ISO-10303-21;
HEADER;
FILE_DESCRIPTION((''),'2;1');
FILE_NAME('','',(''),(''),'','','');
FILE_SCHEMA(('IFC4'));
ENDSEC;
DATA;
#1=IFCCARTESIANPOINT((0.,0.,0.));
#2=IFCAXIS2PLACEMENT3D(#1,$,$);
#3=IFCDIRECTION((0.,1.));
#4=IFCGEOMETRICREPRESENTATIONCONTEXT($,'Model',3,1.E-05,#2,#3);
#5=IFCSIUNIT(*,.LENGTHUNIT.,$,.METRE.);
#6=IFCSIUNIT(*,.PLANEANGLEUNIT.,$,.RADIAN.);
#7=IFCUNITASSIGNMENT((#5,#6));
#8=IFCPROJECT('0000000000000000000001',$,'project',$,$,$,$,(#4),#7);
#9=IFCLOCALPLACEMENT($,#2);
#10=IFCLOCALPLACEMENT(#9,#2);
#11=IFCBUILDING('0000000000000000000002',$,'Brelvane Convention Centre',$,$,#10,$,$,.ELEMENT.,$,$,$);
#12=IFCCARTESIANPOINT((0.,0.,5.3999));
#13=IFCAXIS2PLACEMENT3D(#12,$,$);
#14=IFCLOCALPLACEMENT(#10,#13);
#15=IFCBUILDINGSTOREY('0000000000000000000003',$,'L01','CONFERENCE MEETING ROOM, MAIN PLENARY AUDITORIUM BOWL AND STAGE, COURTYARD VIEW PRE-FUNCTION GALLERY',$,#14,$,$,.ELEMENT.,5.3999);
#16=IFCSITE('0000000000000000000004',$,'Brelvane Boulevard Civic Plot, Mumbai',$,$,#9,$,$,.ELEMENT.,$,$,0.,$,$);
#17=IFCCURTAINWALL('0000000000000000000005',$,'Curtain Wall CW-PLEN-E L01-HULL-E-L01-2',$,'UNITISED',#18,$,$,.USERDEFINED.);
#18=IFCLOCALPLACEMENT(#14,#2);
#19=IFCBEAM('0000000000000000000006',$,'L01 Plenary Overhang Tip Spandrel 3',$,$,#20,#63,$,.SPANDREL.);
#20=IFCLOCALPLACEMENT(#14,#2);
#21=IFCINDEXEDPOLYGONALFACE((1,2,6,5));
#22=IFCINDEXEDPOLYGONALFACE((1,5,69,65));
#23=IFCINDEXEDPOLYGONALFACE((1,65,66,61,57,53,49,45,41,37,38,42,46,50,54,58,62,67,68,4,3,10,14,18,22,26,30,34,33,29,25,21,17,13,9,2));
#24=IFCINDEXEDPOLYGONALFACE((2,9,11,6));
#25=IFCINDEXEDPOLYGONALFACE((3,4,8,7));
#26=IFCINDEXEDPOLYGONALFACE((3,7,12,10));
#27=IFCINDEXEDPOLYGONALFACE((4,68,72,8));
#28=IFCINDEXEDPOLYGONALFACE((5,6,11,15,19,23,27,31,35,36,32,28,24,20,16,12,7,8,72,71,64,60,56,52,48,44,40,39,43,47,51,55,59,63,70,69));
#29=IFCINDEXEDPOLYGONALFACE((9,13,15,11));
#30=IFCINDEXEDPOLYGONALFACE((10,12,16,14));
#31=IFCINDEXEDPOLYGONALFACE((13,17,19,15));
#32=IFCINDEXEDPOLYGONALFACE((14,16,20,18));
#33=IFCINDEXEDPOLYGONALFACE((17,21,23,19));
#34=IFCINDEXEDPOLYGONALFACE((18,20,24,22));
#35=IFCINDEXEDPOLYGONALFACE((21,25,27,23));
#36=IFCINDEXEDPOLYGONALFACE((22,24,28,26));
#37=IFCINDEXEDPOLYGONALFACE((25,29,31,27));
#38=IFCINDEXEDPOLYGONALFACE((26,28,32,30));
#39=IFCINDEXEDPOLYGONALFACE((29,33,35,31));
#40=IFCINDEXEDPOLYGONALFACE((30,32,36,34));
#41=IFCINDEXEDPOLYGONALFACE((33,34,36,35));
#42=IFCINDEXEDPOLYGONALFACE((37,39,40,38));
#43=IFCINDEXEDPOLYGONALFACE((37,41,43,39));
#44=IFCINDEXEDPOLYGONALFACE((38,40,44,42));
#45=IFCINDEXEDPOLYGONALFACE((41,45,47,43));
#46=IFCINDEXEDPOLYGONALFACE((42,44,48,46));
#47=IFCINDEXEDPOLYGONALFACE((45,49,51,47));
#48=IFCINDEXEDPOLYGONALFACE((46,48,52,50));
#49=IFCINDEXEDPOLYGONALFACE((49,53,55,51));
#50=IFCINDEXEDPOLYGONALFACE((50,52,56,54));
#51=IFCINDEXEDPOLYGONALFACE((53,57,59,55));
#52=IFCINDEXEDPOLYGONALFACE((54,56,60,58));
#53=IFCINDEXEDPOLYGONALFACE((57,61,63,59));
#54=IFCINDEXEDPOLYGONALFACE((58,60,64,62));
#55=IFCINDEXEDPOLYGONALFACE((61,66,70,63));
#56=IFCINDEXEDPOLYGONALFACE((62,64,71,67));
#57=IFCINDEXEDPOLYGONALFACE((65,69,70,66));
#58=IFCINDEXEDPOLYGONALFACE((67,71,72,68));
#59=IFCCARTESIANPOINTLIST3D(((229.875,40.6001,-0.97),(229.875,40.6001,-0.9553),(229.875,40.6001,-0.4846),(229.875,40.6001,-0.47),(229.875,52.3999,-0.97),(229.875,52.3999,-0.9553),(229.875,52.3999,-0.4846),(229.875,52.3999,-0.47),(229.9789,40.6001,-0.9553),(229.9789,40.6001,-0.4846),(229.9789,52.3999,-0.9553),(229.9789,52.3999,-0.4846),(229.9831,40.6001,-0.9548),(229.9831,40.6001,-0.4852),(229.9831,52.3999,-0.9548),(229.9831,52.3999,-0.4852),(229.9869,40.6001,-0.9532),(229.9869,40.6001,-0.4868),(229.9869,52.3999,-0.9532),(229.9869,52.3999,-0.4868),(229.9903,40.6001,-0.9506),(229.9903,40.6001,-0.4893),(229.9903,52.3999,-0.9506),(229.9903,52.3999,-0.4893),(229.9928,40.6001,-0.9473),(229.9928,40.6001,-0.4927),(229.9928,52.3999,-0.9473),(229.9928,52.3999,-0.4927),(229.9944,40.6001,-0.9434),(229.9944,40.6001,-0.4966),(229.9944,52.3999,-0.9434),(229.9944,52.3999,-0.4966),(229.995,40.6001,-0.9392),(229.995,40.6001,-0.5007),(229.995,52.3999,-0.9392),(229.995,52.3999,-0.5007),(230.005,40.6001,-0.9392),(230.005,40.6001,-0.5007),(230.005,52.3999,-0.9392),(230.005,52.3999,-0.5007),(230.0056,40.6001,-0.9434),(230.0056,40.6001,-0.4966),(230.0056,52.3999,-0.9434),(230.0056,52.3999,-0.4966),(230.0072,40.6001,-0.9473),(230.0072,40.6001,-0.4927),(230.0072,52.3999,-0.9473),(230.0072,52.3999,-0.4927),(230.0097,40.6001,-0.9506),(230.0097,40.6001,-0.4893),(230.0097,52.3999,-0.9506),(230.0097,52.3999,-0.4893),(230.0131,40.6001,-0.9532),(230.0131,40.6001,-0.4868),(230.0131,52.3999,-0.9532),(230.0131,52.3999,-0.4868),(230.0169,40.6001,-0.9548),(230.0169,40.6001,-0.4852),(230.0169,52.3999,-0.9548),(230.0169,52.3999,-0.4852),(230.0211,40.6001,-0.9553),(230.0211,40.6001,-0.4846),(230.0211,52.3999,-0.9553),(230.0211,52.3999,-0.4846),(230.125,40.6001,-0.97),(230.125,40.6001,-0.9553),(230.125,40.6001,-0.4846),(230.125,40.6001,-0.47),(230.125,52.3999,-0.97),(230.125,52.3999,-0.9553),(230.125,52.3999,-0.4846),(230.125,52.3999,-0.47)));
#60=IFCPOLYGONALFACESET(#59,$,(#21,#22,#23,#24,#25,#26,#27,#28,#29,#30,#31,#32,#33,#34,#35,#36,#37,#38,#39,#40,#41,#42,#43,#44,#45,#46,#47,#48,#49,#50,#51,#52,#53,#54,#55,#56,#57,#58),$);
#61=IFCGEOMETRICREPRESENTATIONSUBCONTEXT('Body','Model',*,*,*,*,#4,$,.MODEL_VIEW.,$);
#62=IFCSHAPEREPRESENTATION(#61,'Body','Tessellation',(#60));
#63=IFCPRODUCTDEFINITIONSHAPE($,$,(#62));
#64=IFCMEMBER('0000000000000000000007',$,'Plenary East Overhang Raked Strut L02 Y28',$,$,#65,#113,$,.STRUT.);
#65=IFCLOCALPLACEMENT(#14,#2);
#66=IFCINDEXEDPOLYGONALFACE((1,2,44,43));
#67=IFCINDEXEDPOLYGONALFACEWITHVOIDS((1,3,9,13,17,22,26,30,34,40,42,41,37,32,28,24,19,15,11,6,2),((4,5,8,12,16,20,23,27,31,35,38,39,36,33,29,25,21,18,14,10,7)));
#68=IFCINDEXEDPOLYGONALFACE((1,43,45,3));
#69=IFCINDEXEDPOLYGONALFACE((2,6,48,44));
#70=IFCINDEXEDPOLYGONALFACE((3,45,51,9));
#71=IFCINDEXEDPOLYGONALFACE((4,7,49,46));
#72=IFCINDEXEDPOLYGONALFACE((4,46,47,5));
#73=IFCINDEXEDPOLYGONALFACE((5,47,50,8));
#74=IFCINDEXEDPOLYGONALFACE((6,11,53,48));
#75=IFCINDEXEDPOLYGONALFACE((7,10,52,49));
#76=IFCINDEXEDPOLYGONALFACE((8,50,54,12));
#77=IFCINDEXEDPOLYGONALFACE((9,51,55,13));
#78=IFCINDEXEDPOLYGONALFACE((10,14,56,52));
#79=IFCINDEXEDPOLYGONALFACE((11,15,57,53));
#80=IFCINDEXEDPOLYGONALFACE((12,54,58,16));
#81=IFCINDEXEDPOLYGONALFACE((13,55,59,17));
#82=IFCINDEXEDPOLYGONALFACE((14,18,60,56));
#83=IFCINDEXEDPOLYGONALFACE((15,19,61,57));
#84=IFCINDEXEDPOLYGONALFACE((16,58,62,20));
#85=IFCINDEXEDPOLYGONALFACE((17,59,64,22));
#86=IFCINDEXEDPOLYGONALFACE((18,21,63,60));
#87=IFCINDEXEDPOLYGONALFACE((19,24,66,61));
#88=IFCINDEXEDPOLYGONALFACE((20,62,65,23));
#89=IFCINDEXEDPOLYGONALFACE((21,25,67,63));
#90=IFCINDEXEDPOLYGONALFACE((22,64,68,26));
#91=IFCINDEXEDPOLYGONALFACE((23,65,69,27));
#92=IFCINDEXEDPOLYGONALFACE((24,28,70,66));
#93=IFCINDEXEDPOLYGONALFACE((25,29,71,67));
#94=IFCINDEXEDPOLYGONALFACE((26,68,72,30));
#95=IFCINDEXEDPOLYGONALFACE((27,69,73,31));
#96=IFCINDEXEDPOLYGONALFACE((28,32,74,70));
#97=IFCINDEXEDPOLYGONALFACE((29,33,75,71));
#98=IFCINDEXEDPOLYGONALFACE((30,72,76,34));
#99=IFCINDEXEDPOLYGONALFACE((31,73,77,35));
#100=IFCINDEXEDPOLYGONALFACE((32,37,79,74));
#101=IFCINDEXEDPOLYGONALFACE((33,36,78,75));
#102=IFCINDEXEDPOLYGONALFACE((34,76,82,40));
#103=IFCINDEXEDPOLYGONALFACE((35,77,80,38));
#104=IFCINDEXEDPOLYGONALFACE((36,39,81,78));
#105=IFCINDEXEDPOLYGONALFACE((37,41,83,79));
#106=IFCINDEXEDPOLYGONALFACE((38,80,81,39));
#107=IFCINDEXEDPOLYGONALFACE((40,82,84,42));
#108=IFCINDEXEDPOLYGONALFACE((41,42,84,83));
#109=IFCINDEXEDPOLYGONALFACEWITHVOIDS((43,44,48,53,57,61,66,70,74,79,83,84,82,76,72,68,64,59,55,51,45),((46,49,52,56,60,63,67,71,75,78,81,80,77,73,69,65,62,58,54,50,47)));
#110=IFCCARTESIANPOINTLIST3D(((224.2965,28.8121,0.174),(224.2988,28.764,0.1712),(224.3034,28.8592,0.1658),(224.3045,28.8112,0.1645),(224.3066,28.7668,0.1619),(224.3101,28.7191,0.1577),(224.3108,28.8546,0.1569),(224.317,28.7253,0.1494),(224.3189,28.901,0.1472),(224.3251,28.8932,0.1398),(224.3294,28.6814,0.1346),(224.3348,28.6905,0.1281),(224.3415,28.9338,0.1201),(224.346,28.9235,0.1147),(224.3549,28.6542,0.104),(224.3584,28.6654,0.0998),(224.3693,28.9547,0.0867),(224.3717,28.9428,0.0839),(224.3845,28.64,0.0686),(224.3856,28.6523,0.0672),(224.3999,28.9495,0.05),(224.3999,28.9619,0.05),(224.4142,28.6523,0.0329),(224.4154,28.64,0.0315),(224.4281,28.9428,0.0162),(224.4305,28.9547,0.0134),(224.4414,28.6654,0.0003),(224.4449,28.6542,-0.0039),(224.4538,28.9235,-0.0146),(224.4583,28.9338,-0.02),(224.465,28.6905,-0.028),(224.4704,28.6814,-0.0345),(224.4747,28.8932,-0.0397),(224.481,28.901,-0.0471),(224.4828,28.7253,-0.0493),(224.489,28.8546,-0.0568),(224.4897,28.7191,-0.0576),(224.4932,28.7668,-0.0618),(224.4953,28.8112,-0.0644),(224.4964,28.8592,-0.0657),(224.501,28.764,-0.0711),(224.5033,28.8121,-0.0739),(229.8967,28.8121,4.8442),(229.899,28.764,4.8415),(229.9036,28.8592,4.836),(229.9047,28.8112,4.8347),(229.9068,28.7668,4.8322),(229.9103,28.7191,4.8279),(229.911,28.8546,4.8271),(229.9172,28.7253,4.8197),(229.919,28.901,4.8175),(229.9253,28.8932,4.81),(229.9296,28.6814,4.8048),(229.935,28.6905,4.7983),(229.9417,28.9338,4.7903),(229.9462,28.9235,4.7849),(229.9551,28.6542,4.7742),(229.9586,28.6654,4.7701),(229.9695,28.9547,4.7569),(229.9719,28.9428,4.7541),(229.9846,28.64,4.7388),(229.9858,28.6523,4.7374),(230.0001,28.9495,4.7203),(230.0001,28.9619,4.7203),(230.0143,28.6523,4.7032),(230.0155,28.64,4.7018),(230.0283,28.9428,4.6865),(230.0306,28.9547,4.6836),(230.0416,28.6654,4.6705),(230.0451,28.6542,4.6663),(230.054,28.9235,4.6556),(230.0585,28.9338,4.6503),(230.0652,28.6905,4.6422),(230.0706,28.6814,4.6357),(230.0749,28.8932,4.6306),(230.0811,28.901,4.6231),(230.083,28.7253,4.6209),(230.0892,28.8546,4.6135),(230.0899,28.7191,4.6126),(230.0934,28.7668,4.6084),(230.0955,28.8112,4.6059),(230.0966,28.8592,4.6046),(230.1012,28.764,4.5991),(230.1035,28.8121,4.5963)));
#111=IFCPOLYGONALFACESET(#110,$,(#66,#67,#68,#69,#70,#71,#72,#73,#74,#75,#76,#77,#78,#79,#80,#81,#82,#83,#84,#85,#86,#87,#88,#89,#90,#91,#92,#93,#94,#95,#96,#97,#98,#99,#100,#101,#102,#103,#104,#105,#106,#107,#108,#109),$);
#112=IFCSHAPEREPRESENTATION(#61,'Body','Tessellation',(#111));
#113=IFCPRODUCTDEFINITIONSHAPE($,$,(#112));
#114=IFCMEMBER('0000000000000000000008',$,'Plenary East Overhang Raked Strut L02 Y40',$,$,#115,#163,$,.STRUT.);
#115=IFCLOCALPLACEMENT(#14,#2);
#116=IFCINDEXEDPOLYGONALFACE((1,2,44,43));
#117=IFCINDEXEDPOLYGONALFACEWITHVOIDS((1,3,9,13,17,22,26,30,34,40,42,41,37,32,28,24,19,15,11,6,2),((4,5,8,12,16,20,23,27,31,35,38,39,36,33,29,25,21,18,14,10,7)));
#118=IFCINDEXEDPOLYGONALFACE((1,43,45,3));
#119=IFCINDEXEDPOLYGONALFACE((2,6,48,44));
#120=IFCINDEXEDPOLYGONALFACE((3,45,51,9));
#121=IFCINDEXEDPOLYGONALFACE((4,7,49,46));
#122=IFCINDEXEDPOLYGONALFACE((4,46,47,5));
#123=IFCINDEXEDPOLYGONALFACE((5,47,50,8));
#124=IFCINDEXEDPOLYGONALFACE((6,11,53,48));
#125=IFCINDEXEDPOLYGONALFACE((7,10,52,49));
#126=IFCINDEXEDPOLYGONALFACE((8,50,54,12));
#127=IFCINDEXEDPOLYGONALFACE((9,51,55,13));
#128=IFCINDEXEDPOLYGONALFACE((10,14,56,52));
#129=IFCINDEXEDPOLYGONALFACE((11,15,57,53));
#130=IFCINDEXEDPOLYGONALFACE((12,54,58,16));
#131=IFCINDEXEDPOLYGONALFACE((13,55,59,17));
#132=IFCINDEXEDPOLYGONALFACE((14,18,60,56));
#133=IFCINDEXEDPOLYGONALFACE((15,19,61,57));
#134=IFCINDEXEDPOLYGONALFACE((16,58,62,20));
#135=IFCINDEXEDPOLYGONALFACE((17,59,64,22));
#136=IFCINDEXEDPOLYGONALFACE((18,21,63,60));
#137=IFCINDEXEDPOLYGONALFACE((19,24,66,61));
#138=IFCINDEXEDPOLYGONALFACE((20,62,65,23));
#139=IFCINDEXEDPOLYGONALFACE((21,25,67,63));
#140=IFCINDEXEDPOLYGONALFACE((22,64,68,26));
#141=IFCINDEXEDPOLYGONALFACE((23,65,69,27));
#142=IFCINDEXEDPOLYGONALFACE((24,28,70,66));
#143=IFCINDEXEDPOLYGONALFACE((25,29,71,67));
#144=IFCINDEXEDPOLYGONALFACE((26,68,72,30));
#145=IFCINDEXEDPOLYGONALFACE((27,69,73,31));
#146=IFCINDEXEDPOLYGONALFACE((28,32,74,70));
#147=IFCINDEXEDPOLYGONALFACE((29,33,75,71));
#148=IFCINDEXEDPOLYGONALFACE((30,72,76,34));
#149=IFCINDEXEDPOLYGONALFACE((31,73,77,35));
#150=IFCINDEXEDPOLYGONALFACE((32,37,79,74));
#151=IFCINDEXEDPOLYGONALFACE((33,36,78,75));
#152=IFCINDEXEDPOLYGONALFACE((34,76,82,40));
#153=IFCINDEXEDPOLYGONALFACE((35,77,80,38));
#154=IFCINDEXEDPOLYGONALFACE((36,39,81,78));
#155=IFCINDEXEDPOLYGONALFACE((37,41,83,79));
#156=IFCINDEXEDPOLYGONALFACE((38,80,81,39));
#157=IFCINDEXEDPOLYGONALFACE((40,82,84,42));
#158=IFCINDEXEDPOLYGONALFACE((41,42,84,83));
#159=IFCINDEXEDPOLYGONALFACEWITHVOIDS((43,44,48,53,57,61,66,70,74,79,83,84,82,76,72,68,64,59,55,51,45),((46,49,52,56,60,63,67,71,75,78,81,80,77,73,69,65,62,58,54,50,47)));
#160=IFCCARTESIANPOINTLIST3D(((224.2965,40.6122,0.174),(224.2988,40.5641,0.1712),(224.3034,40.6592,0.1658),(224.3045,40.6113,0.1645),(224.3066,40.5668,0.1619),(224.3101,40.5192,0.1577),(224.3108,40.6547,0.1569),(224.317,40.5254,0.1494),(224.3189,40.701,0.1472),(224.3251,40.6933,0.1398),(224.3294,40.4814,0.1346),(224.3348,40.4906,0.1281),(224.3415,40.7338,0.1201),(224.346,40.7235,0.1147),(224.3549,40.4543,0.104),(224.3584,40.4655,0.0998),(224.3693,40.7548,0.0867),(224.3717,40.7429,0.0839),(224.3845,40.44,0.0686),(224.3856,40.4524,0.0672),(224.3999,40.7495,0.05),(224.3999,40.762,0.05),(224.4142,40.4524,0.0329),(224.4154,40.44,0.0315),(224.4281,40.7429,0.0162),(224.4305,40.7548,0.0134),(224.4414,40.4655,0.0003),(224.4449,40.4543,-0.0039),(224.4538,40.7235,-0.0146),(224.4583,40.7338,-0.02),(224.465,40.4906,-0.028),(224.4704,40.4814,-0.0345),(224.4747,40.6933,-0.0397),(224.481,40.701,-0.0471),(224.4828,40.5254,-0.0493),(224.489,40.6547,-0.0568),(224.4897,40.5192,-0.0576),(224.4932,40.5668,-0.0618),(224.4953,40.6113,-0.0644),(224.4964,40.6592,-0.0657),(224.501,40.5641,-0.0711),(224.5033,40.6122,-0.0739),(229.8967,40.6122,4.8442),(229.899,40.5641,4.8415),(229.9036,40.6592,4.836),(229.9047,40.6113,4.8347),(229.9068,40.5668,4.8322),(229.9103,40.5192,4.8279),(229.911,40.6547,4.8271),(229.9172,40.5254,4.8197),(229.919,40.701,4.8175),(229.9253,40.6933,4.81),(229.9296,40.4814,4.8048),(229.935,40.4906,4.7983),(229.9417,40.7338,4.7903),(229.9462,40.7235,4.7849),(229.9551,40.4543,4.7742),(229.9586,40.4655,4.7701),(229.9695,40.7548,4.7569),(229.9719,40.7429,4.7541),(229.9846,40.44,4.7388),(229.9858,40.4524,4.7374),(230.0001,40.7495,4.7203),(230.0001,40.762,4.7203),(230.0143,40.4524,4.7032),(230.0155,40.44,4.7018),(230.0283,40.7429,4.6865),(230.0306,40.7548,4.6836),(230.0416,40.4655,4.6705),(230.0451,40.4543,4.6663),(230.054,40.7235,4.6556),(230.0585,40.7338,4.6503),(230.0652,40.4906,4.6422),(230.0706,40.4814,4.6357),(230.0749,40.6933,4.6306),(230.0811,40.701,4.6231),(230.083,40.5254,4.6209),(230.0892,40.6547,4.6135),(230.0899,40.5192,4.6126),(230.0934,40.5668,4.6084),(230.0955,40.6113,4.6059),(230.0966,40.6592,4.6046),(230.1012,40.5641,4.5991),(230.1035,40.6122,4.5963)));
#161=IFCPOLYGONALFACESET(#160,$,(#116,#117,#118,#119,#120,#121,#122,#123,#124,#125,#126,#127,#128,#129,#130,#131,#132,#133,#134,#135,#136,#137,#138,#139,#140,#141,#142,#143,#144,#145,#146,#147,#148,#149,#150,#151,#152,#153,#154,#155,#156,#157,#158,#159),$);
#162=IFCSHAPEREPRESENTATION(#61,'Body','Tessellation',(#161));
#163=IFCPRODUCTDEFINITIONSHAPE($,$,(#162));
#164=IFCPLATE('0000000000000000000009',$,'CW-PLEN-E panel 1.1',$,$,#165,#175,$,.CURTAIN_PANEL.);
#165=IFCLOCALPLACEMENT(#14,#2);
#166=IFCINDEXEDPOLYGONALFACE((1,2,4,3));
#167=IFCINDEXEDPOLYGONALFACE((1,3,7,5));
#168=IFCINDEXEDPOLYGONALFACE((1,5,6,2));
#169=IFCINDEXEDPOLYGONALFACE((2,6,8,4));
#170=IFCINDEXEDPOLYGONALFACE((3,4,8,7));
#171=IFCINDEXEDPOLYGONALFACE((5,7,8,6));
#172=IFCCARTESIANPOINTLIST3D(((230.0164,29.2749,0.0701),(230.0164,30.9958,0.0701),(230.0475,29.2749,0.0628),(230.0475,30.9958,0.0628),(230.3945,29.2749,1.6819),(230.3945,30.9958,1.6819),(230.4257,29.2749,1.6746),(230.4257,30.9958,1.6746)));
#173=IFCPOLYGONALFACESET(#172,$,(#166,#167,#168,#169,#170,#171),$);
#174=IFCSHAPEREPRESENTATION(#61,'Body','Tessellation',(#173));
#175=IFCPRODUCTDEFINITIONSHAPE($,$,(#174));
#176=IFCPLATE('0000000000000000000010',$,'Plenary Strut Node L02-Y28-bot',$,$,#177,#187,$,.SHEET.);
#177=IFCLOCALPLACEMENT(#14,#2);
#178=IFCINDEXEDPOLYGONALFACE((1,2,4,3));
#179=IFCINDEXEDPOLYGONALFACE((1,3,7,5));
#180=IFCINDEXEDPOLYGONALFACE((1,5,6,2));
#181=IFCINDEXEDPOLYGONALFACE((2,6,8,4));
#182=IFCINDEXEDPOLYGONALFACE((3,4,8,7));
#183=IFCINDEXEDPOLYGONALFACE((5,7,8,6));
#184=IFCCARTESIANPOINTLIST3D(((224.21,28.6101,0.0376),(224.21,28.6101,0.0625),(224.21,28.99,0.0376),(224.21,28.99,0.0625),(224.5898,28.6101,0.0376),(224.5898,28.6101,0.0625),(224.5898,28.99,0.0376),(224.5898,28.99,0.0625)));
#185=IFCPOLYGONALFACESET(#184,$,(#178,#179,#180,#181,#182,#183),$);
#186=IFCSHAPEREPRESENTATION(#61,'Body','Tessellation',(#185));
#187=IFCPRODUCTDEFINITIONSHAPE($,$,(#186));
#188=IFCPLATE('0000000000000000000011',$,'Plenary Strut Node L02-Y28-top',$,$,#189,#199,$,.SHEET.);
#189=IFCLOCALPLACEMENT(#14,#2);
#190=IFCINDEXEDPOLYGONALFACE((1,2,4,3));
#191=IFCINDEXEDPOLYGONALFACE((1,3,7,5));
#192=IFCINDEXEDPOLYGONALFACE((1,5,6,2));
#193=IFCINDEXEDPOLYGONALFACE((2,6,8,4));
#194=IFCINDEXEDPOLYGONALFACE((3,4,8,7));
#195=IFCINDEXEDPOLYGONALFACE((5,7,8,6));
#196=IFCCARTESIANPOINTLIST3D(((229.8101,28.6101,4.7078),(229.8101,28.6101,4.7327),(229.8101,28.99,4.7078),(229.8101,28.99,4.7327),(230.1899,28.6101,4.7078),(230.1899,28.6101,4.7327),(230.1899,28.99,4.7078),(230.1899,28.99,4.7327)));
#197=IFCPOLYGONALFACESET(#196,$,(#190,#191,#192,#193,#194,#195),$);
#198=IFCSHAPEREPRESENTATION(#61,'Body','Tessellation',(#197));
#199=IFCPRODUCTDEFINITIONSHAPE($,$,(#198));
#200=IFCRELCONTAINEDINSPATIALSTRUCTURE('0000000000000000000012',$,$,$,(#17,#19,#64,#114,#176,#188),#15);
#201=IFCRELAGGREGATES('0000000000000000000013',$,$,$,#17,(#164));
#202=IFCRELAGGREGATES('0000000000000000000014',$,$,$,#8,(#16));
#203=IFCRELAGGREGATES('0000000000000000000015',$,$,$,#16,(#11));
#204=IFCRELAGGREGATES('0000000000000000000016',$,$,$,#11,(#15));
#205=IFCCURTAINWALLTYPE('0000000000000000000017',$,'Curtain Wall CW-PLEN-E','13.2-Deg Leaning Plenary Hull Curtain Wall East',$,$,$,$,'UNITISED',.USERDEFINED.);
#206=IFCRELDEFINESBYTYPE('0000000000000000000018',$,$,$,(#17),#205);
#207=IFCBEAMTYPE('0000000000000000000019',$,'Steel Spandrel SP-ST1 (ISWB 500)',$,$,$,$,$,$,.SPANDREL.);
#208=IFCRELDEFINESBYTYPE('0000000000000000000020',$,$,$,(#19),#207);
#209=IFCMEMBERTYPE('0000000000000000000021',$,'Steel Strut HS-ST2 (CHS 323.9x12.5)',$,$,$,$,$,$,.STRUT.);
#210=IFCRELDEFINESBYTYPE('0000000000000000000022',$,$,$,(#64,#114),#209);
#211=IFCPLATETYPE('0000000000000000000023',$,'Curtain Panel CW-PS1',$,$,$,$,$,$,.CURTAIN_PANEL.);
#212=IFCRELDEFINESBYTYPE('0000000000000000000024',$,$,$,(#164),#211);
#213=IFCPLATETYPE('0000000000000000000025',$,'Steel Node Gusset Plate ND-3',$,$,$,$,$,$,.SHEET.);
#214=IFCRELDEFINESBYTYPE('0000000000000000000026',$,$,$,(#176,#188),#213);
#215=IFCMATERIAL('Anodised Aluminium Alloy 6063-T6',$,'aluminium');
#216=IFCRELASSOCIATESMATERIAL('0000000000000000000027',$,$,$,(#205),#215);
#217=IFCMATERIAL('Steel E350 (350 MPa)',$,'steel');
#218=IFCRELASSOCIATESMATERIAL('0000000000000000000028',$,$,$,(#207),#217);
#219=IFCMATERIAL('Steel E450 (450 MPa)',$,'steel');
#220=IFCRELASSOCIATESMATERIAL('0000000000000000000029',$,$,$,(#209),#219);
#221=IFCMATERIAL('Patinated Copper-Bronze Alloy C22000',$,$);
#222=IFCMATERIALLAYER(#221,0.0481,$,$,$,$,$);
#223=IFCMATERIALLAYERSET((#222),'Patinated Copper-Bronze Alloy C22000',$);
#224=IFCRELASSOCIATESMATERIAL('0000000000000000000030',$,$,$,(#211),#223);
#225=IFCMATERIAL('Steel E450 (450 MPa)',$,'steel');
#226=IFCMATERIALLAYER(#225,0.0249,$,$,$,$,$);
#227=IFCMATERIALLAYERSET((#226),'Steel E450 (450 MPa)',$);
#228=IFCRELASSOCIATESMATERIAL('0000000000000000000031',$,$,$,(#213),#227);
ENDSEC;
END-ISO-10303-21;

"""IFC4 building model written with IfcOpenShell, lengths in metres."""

from ifc_helpers import new_model, si_unit, direction, frame, origin, origin_2d, place, context, subcontext, project, spatial, polyline, rectangle, hollow_circle, i_section, outline, extrude, material, layer, layer_set, material_profile, profile_set, type_object, element, aggregate, save


model = new_model("IFC4")

# Units and contexts
model_context = context("Model", 3, precision=1e-05, world=origin(), true_north=direction((0.0, 1.0)))
body_context = subcontext(model_context, "Body", "Model", "MODEL_VIEW")
ifc_project = project(units=[si_unit("LENGTHUNIT", "METRE"), si_unit("PLANEANGLEUNIT", "RADIAN")], contexts=[model_context])

# Site, building, storey
site_placement = place(None, origin())
site = spatial("IfcSite", under=ifc_project, at=site_placement, Name="Brelvane Boulevard Civic Plot, Mumbai", CompositionType="ELEMENT", RefElevation=0.0)
building_placement = place(site_placement, origin())
building = spatial("IfcBuilding", under=site, at=building_placement, Name="Brelvane Convention Centre", CompositionType="ELEMENT")
storey_placement = place(building_placement, frame((0.0, 0.0, 5.3999)))
storey = spatial("IfcBuildingStorey", under=building, at=storey_placement, Name="L01", Description="CONFERENCE MEETING ROOM, MAIN PLENARY AUDITORIUM BOWL AND STAGE, COURTYARD VIEW PRE-FUNCTION GALLERY", CompositionType="ELEMENT", Elevation=5.3999)

# Shared definitions
ifc_material_1 = material(Name="Anodised Aluminium Alloy 6063-T6", Category="aluminium")
curtain_wall_type = type_object("IfcCurtainWallType", Name="Curtain Wall CW-PLEN-E", Description="13.2-Deg Leaning Plenary Hull Curtain Wall East", ElementType="UNITISED", PredefinedType="USERDEFINED", material=ifc_material_1)

# Curtain wall
curtain_wall_1_placement = place(storey_placement, origin())
curtain_wall_1 = element("IfcCurtainWall", 1, at=curtain_wall_1_placement, inside=storey, type_object=curtain_wall_type, Name="Curtain Wall CW-PLEN-E L01-HULL-E-L01-2", ObjectType="UNITISED", PredefinedType="USERDEFINED")

# Beam
ifc_material_2 = material(Name="Steel E350 (350 MPa)", Category="steel")
ifc_material_profile_1 = material_profile(ifc_material_2, i_section(OverallWidth=0.25, OverallDepth=0.5, WebThickness=0.01, FlangeThickness=0.0146, FilletRadius=0.0161, at=origin_2d()), Name="ISWB 500")
ifc_profile_set_1 = profile_set([ifc_material_profile_1], Name="Steel E350 (350 MPa)")
beam_type_1 = type_object("IfcBeamType", Name="Steel Spandrel SP-ST1 (ISWB 500)", PredefinedType="SPANDREL", material=ifc_profile_set_1)
beam_1_placement = place(storey_placement, frame((230.0, 40.6001, -0.72), z_axis=(0.0, 1.0, 0.0), x_axis=(-1.0, 0.0, 0.0)))
element("IfcBeam", 2, at=beam_1_placement, inside=storey, type_object=beam_type_1, Name="L01 Plenary Overhang Tip Spandrel 3", PredefinedType="SPANDREL", context=body_context, shape_type="SweptSolid", body=[
    extrude(i_section(OverallWidth=0.25, OverallDepth=0.5, WebThickness=0.01, FlangeThickness=0.0146, FilletRadius=0.0161, at=origin_2d()), origin(), (0.0, 0.0, 1.0), 11.7998),
])

# Members
ifc_material_3 = material(Name="Steel E450 (450 MPa)", Category="steel")
ifc_material_profile_2 = material_profile(ifc_material_3, hollow_circle(Radius=0.1619, WallThickness=0.0125, at=origin_2d()), Name="CHS 323.9x12.5")
ifc_profile_set_2 = profile_set([ifc_material_profile_2], Name="Steel E450 (450 MPa)")
member_type_1 = type_object("IfcMemberType", Name="Steel Strut HS-ST2 (CHS 323.9x12.5)", PredefinedType="STRUT", material=ifc_profile_set_2)
for number, where, z_axis, x_axis, name in (
    (3, (224.3999, 28.8, 0.05), (0.767991, 0.0, 0.640461), (0.0, 1.0, 0.0), "Plenary East Overhang Raked Strut L02 Y28"),
    (4, (224.3999, 40.6001, 0.05), (0.767991, 0.0, 0.640461), (0.0, 1.0, 0.0), "Plenary East Overhang Raked Strut L02 Y40"),
):
    element("IfcMember", number, at=place(storey_placement, frame(where, z_axis=z_axis, x_axis=x_axis)), inside=storey, type_object=member_type_1, Name=name, PredefinedType="STRUT", context=body_context, shape_type="SweptSolid", body=[
        extrude(hollow_circle(Radius=0.1619, WallThickness=0.0125, at=origin_2d()), origin(), (0.0, 0.0, 1.0), 7.292),
    ])

# Plate
ifc_material_4 = material(Name="Patinated Copper-Bronze Alloy C22000")
ifc_layer_1 = layer(ifc_material_4, 0.0481)
ifc_layer_set_1 = layer_set([ifc_layer_1], Name="Patinated Copper-Bronze Alloy C22000")
plate_type_1 = type_object("IfcPlateType", Name="Curtain Panel CW-PS1", PredefinedType="CURTAIN_PANEL", material=ifc_layer_set_1)
plate_placement = place(storey_placement, frame((230.0164, 29.2749, 0.0701), z_axis=(-0.973562, 0.0, 0.228423), x_axis=(0.0, 1.0, 0.0)))
plate = element("IfcPlate", 5, at=plate_placement, type_object=plate_type_1, Name="CW-PLEN-E panel 1.1", PredefinedType="CURTAIN_PANEL", context=body_context, shape_type="SweptSolid", body=[
    extrude(outline(polyline([(0.0, 0.0), (1.7209, 0.0), (1.7209, -1.6556), (0.0, -1.6556), (0.0, 0.0)])), origin(), (0.0, 0.0, -1.0), 0.032),
])
aggregate(curtain_wall_1, [plate])

# Plates
ifc_material_5 = material(Name="Steel E450 (450 MPa)", Category="steel")
ifc_layer_2 = layer(ifc_material_5, 0.0249)
ifc_layer_set_2 = layer_set([ifc_layer_2], Name="Steel E450 (450 MPa)")
plate_type_2 = type_object("IfcPlateType", Name="Steel Node Gusset Plate ND-3", PredefinedType="SHEET", material=ifc_layer_set_2)
for number, where, z_axis, x_axis, name in (
    (6, (224.3999, 28.8, 0.0376), (0.0, 0.0, 1.0), (1.0, 0.0, 0.0), "Plenary Strut Node L02-Y28-bot"),
    (7, (230.0, 28.8, 4.7078), (0.0, 0.0, 1.0), (1.0, 0.0, 0.0), "Plenary Strut Node L02-Y28-top"),
):
    element("IfcPlate", number, at=place(storey_placement, frame(where, z_axis=z_axis, x_axis=x_axis)), inside=storey, type_object=plate_type_2, Name=name, PredefinedType="SHEET", context=body_context, shape_type="SweptSolid", body=[
        extrude(rectangle(XDim=0.3799, YDim=0.3799, at=origin_2d()), origin(), (0.0, 0.0, 1.0), 0.0249),
    ])

save(model, "model.ifc")
